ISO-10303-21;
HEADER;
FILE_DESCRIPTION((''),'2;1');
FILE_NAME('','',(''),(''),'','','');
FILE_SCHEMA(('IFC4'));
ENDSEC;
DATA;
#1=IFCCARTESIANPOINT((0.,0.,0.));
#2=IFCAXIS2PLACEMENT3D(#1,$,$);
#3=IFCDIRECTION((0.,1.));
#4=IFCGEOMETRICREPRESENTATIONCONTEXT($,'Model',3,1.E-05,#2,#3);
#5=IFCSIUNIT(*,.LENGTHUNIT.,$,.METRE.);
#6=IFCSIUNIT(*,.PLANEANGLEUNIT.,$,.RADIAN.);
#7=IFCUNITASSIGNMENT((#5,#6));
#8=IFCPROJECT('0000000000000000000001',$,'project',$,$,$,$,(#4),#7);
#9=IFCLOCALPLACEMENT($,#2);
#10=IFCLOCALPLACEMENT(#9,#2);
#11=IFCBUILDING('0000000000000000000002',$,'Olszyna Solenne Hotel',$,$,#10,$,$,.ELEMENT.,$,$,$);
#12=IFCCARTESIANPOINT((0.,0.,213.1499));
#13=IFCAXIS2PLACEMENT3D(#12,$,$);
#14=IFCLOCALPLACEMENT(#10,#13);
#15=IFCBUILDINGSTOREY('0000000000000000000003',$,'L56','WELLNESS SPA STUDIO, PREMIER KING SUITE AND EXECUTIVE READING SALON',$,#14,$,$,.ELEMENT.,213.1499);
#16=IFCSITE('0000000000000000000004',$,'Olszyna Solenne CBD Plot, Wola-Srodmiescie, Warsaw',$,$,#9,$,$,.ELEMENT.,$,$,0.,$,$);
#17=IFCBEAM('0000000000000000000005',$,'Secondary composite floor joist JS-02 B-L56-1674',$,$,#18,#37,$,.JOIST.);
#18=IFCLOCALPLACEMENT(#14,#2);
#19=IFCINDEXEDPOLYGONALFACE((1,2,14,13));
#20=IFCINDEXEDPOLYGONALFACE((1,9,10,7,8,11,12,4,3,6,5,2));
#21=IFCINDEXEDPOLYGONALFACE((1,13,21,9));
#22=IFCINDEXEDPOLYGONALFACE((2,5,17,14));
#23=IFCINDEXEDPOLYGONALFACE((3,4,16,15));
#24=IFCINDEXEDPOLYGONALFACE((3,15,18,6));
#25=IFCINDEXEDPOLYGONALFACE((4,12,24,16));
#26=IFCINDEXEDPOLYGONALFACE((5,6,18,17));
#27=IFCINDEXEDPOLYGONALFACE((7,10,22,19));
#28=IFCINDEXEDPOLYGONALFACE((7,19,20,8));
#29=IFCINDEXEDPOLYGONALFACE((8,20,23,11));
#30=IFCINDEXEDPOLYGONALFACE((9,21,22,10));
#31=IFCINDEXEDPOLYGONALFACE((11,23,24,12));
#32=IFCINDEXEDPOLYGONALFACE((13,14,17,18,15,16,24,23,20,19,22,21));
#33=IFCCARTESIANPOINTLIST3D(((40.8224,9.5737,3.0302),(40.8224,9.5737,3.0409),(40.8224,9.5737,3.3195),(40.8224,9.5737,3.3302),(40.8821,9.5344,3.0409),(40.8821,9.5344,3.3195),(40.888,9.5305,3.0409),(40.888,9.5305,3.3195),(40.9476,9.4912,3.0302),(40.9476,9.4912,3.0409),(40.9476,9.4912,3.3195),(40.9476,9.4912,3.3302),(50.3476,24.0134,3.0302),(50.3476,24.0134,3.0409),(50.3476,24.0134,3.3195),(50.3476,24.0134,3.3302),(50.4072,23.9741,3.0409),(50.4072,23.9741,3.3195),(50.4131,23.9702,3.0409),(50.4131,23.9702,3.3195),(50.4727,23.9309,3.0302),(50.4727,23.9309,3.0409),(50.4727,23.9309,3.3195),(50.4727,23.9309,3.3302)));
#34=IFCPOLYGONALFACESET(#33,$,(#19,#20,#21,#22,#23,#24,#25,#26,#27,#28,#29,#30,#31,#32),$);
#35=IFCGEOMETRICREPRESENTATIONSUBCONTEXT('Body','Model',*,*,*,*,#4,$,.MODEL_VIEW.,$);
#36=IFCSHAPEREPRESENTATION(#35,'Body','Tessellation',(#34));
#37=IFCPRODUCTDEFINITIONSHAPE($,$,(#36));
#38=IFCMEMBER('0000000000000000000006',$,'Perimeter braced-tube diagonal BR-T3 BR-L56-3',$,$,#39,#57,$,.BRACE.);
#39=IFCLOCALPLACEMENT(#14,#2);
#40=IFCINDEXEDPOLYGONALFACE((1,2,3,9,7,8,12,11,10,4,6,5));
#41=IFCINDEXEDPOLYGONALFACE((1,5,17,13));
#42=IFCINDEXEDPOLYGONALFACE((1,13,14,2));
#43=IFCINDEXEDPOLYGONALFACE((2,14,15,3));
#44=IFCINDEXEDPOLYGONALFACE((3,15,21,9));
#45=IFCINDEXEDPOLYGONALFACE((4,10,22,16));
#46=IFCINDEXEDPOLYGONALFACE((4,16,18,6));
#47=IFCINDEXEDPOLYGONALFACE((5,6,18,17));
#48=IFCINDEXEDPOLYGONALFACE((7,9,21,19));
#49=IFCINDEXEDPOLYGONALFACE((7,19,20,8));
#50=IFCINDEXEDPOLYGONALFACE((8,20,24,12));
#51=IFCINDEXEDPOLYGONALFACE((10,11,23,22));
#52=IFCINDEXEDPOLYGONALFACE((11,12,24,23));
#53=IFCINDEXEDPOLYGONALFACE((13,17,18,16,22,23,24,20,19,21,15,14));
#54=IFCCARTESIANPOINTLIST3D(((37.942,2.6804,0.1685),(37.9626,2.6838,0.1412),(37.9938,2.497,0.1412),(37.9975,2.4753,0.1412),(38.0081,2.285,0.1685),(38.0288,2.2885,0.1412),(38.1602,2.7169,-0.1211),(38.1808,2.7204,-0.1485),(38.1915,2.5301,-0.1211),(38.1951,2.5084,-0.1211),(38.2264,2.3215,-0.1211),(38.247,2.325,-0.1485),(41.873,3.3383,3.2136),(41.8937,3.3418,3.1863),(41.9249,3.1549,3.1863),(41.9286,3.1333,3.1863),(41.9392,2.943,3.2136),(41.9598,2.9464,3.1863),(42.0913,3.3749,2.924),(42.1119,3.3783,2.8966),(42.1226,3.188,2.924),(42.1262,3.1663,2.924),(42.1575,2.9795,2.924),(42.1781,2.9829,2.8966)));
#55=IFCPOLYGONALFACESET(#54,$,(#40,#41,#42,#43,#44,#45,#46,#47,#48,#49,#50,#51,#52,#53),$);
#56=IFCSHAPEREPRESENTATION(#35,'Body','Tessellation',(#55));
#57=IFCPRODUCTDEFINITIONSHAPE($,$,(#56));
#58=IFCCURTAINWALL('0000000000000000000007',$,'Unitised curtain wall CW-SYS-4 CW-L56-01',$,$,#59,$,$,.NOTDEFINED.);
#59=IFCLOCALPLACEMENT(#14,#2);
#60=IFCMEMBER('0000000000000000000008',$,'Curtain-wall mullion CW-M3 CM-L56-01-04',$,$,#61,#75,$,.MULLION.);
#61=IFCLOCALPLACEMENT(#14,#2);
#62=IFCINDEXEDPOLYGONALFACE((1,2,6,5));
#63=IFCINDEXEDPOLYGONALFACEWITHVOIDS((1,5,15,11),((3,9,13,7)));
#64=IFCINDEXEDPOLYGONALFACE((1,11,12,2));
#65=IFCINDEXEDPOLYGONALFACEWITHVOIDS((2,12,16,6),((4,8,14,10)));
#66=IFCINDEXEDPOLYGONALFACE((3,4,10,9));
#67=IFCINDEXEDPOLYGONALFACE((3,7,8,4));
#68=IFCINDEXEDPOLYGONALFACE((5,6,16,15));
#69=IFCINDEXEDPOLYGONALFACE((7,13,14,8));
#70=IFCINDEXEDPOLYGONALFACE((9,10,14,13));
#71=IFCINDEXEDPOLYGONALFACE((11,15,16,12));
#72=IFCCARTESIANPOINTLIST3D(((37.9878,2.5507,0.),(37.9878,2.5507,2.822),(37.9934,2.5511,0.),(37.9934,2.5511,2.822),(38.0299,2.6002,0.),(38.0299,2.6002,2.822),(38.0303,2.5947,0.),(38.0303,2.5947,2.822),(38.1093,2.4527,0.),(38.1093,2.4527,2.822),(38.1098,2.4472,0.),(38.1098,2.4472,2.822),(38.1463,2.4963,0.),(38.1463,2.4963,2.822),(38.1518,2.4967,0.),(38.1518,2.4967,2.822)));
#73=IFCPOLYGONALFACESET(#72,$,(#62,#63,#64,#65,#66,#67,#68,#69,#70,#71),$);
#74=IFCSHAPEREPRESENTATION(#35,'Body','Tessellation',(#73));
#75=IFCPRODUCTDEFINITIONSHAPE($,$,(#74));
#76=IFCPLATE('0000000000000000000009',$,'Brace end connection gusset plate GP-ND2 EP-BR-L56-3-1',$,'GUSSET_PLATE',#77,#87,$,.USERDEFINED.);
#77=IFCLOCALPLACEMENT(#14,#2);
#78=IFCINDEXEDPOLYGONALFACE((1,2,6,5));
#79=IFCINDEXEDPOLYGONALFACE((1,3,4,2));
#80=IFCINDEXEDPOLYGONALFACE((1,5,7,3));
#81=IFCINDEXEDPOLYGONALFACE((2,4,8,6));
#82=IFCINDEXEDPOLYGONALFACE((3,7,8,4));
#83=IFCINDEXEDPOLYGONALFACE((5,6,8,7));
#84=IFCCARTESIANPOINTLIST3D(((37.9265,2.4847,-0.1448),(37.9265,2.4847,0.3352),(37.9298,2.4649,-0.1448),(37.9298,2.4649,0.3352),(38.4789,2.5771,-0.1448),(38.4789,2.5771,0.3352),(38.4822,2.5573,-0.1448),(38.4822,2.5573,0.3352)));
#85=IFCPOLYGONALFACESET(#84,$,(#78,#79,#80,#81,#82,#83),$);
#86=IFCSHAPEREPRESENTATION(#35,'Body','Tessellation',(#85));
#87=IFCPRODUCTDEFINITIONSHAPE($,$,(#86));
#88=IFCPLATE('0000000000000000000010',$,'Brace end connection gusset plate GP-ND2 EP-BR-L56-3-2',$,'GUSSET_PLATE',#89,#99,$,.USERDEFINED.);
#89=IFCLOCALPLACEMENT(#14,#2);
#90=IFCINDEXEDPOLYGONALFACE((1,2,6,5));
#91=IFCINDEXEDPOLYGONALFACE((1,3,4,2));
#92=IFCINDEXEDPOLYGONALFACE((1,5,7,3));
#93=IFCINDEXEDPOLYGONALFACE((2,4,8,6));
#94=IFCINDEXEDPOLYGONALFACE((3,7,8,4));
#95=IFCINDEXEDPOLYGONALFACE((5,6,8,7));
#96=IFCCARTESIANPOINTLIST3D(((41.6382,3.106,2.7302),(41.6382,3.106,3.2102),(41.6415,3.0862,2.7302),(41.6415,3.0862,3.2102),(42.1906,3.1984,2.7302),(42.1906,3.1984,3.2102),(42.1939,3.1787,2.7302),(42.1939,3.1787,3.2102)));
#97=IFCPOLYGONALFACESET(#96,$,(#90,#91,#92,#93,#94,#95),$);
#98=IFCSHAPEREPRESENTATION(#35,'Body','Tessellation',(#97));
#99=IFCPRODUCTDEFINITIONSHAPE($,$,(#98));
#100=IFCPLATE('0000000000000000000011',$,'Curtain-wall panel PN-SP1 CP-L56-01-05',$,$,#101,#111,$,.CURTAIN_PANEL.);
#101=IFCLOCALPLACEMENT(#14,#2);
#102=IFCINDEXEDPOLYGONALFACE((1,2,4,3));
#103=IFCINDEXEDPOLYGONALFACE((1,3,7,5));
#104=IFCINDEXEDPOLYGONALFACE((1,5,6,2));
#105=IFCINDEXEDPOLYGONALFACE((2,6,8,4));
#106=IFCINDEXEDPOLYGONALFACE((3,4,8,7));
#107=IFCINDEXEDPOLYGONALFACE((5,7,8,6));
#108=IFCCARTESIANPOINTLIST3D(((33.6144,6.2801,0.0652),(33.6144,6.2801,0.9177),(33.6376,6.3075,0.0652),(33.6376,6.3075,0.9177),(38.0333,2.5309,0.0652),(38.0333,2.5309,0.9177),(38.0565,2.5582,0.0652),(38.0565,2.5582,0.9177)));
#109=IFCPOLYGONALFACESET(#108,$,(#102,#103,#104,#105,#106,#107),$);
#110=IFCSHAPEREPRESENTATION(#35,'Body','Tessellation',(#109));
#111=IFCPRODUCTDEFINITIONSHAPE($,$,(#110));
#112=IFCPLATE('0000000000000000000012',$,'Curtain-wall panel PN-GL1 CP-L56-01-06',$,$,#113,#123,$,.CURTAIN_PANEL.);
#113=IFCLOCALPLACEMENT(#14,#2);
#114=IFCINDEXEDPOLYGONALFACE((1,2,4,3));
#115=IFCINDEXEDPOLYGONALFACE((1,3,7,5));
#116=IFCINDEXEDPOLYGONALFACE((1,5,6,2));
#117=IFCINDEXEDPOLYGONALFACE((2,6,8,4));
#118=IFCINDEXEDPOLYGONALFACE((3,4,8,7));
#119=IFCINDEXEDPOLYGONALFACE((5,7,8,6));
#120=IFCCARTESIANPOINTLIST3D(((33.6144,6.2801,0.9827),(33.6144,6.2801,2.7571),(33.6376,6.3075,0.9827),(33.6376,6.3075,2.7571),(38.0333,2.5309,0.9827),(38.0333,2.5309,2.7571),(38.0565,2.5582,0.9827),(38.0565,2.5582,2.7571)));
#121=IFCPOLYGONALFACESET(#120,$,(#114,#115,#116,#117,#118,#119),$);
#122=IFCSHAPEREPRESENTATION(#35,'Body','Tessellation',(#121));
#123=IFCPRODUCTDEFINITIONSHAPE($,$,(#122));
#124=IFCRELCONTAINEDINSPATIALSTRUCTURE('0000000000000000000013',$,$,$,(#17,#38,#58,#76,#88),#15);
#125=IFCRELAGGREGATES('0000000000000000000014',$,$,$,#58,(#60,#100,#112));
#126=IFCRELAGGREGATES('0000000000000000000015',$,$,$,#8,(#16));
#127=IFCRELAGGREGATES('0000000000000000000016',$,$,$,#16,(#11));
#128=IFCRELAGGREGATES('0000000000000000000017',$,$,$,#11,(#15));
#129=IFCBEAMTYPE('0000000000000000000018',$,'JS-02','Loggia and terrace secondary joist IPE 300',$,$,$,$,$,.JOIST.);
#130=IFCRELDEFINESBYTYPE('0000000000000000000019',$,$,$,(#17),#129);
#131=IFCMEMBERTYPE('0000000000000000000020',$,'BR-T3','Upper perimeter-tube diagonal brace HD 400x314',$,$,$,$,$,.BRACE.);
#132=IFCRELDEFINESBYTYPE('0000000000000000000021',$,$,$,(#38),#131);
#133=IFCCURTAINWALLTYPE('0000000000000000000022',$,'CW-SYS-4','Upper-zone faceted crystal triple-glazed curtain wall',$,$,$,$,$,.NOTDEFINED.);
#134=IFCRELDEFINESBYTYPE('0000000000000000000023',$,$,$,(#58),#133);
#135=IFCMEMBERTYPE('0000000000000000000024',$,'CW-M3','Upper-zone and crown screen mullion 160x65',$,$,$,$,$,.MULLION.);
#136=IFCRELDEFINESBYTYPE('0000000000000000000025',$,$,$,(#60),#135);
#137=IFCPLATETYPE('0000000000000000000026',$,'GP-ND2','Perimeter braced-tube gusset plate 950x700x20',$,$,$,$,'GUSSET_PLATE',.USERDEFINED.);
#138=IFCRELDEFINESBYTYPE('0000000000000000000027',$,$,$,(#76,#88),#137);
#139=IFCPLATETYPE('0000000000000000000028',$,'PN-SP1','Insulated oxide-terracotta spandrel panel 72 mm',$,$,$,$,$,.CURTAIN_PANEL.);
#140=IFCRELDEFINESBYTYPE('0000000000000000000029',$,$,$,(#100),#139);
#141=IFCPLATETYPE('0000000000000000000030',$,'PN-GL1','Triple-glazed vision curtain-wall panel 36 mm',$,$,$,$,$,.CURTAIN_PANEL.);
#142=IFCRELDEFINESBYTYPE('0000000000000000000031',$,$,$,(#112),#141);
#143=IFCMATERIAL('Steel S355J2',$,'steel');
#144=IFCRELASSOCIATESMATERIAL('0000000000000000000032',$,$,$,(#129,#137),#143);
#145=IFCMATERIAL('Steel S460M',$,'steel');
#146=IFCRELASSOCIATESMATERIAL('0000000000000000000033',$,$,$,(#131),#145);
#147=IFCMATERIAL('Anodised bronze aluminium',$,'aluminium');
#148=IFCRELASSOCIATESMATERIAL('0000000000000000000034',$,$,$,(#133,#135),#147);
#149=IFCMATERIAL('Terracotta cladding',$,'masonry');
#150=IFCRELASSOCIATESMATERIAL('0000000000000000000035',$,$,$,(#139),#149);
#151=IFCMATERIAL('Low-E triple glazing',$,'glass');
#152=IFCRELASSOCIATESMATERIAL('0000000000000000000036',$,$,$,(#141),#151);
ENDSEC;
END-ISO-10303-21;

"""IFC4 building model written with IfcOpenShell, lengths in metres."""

from ifc_helpers import new_model, si_unit, direction, frame, origin, origin_2d, place, context, subcontext, project, spatial, rectangle, hollow_rectangle, i_section, extrude, source, transform, mapped, material, material_profile, profile_set, type_object, element, aggregate, save


model = new_model("IFC4")

# Units and contexts
model_context = context("Model", 3, precision=1e-05, world=origin(), true_north=direction((0.0, 1.0)))
body_context = subcontext(model_context, "Body", "Model", "MODEL_VIEW")
ifc_project = project(units=[si_unit("LENGTHUNIT", "METRE"), si_unit("PLANEANGLEUNIT", "RADIAN")], contexts=[model_context])

# Site, building, storey
site_placement = place(None, origin())
site = spatial("IfcSite", under=ifc_project, at=site_placement, Name="Olszyna Solenne CBD Plot, Wola-Srodmiescie, Warsaw", CompositionType="ELEMENT", RefElevation=0.0)
building_placement = place(site_placement, origin())
building = spatial("IfcBuilding", under=site, at=building_placement, Name="Olszyna Solenne Hotel", CompositionType="ELEMENT")
storey_placement = place(building_placement, frame((0.0, 0.0, 213.1499)))
storey = spatial("IfcBuildingStorey", under=building, at=storey_placement, Name="L56", Description="WELLNESS SPA STUDIO, PREMIER KING SUITE AND EXECUTIVE READING SALON", CompositionType="ELEMENT", Elevation=213.1499)

# Shared definitions
ifc_material_1 = material(Name="Steel S460M", Category="steel")

# Beam
ifc_material_2 = material(Name="Steel S355J2", Category="steel")
ifc_material_profile_1 = material_profile(ifc_material_2, i_section(OverallWidth=0.1499, OverallDepth=0.3, WebThickness=0.0071, FlangeThickness=0.0107, at=origin_2d()), Name="IPE 300", Category="load-bearing")
ifc_profile_set_1 = profile_set([ifc_material_profile_1], Name="Steel S355J2")
beam_type_1 = type_object("IfcBeamType", Name="JS-02", Description="Loggia and terrace secondary joist IPE 300", PredefinedType="JOIST", material=ifc_profile_set_1)
shared_shape_1 = source(origin(), body_context, "Body", "SweptSolid", [
    extrude(i_section(OverallWidth=0.1499, OverallDepth=0.3, WebThickness=0.0071, FlangeThickness=0.0107, at=origin_2d()), origin(), (0.0, 0.0, 1.0), 17.2983),
])
beam_1_placement = place(storey_placement, frame((40.885, 9.5325, 3.1802), z_axis=(0.550639, 0.834744, 0.0), x_axis=(-0.834744, 0.550639, 0.0)))
element("IfcBeam", 1, at=beam_1_placement, inside=storey, type_object=beam_type_1, Name="Secondary composite floor joist JS-02 B-L56-1674", PredefinedType="JOIST", context=body_context, shape_type="MappedRepresentation", body=[
    mapped(shared_shape_1, transform((0.0, 0.0, 0.0), x_axis=(1.0, 0.0, 0.0), y_axis=(0.0, 1.0, 0.0), z_axis=(0.0, 0.0, 1.0), scale=1.0)),
])

# Member
ifc_material_profile_2 = material_profile(ifc_material_1, i_section(OverallWidth=0.4009, OverallDepth=0.3989, WebThickness=0.022, FlangeThickness=0.0344, at=origin_2d()), Name="HD 400x314", Category="load-bearing")
ifc_profile_set_2 = profile_set([ifc_material_profile_2], Name="Steel S460M")
member_type_1 = type_object("IfcMemberType", Name="BR-T3", Description="Upper perimeter-tube diagonal brace HD 400x314", PredefinedType="BRACE", material=ifc_profile_set_2)
shared_shape_2 = source(origin(), body_context, "Body", "SweptSolid", [
    extrude(i_section(OverallWidth=0.4009, OverallDepth=0.3989, WebThickness=0.022, FlangeThickness=0.0344, at=origin_2d()), origin(), (0.0, 0.0, 1.0), 5.0159),
])
member_1_placement = place(storey_placement, frame((38.0945, 2.5027, 0.01), z_axis=(0.783728, 0.131173, 0.607095), x_axis=(-0.165074, 0.986281, 0.0)))
element("IfcMember", 2, at=member_1_placement, inside=storey, type_object=member_type_1, Name="Perimeter braced-tube diagonal BR-T3 BR-L56-3", PredefinedType="BRACE", context=body_context, shape_type="MappedRepresentation", body=[
    mapped(shared_shape_2, transform((0.0, 0.0, 0.0), x_axis=(1.0, 0.0, 0.0), y_axis=(0.0, 1.0, 0.0), z_axis=(0.0, 0.0, 1.0), scale=1.0)),
])

# Curtain wall, member
ifc_material_3 = material(Name="Anodised bronze aluminium", Category="aluminium")
curtain_wall_type = type_object("IfcCurtainWallType", Name="CW-SYS-4", Description="Upper-zone faceted crystal triple-glazed curtain wall", PredefinedType="NOTDEFINED", material=ifc_material_3)
curtain_wall_placement = place(storey_placement, origin())
curtain_wall = element("IfcCurtainWall", 3, at=curtain_wall_placement, inside=storey, type_object=curtain_wall_type, Name="Unitised curtain wall CW-SYS-4 CW-L56-01", PredefinedType="NOTDEFINED")
ifc_material_profile_3 = material_profile(ifc_material_3, hollow_rectangle(XDim=0.0649, YDim=0.1599, WallThickness=0.0039, at=origin_2d()), Name="MULL 160x65x4", Category="load-bearing")
ifc_profile_set_3 = profile_set([ifc_material_profile_3], Name="Anodised bronze aluminium")
member_type_2 = type_object("IfcMemberType", Name="CW-M3", Description="Upper-zone and crown screen mullion 160x65", PredefinedType="MULLION", material=ifc_profile_set_3)
shared_shape_3 = source(origin(), body_context, "Body", "SweptSolid", [
    extrude(hollow_rectangle(XDim=0.0649, YDim=0.1599, WallThickness=0.0039, at=origin_2d()), origin(), (0.0, 0.0, 1.0), 2.822),
])
member_2_placement = place(storey_placement, frame((38.0698, 2.5237, 0.0), z_axis=(0.0, 0.0, 1.0), x_axis=(0.646961, 0.762523, 0.0)))
member_2 = element("IfcMember", 4, at=member_2_placement, type_object=member_type_2, Name="Curtain-wall mullion CW-M3 CM-L56-01-04", PredefinedType="MULLION", context=body_context, shape_type="MappedRepresentation", body=[
    mapped(shared_shape_3, transform((0.0, 0.0, 0.0), x_axis=(1.0, 0.0, 0.0), y_axis=(0.0, 1.0, 0.0), z_axis=(0.0, 0.0, 1.0), scale=1.0)),
])

# Plates
plate_type_1 = type_object("IfcPlateType", Name="GP-ND2", Description="Perimeter braced-tube gusset plate 950x700x20", ElementType="GUSSET_PLATE", PredefinedType="USERDEFINED", material=ifc_material_2)
shared_shape_4 = source(origin(), body_context, "Body", "SweptSolid", [
    extrude(rectangle(XDim=0.5601, YDim=0.02, at=origin_2d()), origin(), (0.0, 0.0, 1.0), 0.48),
])
for number, where, z_axis, x_axis, name in (
    (5, (38.2043, 2.521, -0.1448), (0.0, 0.0, 1.0), (0.986286, 0.165048, 0.0), "Brace end connection gusset plate GP-ND2 EP-BR-L56-3-1"),
    (6, (41.916, 3.1423, 2.7302), (0.0, 0.0, 1.0), (0.986286, 0.165048, 0.0), "Brace end connection gusset plate GP-ND2 EP-BR-L56-3-2"),
):
    element("IfcPlate", number, at=place(storey_placement, frame(where, z_axis=z_axis, x_axis=x_axis)), inside=storey, type_object=plate_type_1, Name=name, ObjectType="GUSSET_PLATE", PredefinedType="USERDEFINED", context=body_context, shape_type="MappedRepresentation", body=[
        mapped(shared_shape_4, transform((0.0, 0.0, 0.0), x_axis=(1.0, 0.0, 0.0), y_axis=(0.0, 1.0, 0.0), z_axis=(0.0, 0.0, 1.0), scale=1.0)),
    ])

# Plates
ifc_material_4 = material(Name="Terracotta cladding", Category="masonry")
plate_type_2 = type_object("IfcPlateType", Name="PN-SP1", Description="Insulated oxide-terracotta spandrel panel 72 mm", PredefinedType="CURTAIN_PANEL", material=ifc_material_4)
shared_shape_5 = source(origin(), body_context, "Body", "SweptSolid", [
    extrude(rectangle(XDim=5.7952, YDim=0.0359, at=origin_2d()), origin(), (0.0, 0.0, 1.0), 0.8525),
])
plate_1_placement = place(storey_placement, frame((35.8354, 4.4192, 0.0652), z_axis=(0.0, 0.0, 1.0), x_axis=(0.762523, -0.646961, 0.0)))
plate_1 = element("IfcPlate", 7, at=plate_1_placement, type_object=plate_type_2, Name="Curtain-wall panel PN-SP1 CP-L56-01-05", PredefinedType="CURTAIN_PANEL", context=body_context, shape_type="MappedRepresentation", body=[
    mapped(shared_shape_5, transform((0.0, 0.0, 0.0), x_axis=(1.0, 0.0, 0.0), y_axis=(0.0, 1.0, 0.0), z_axis=(0.0, 0.0, 1.0), scale=1.0)),
])
ifc_material_5 = material(Name="Low-E triple glazing", Category="glass")
plate_type_3 = type_object("IfcPlateType", Name="PN-GL1", Description="Triple-glazed vision curtain-wall panel 36 mm", PredefinedType="CURTAIN_PANEL", material=ifc_material_5)
shared_shape_6 = source(origin(), body_context, "Body", "SweptSolid", [
    extrude(rectangle(XDim=5.7952, YDim=0.0359, at=origin_2d()), origin(), (0.0, 0.0, 1.0), 1.7744),
])
plate_2_placement = place(storey_placement, frame((35.8354, 4.4192, 0.9827), z_axis=(0.0, 0.0, 1.0), x_axis=(0.762523, -0.646961, 0.0)))
plate_2 = element("IfcPlate", 8, at=plate_2_placement, type_object=plate_type_3, Name="Curtain-wall panel PN-GL1 CP-L56-01-06", PredefinedType="CURTAIN_PANEL", context=body_context, shape_type="MappedRepresentation", body=[
    mapped(shared_shape_6, transform((0.0, 0.0, 0.0), x_axis=(1.0, 0.0, 0.0), y_axis=(0.0, 1.0, 0.0), z_axis=(0.0, 0.0, 1.0), scale=1.0)),
])
aggregate(curtain_wall, [member_2, plate_1, plate_2])

save(model, "model.ifc")
